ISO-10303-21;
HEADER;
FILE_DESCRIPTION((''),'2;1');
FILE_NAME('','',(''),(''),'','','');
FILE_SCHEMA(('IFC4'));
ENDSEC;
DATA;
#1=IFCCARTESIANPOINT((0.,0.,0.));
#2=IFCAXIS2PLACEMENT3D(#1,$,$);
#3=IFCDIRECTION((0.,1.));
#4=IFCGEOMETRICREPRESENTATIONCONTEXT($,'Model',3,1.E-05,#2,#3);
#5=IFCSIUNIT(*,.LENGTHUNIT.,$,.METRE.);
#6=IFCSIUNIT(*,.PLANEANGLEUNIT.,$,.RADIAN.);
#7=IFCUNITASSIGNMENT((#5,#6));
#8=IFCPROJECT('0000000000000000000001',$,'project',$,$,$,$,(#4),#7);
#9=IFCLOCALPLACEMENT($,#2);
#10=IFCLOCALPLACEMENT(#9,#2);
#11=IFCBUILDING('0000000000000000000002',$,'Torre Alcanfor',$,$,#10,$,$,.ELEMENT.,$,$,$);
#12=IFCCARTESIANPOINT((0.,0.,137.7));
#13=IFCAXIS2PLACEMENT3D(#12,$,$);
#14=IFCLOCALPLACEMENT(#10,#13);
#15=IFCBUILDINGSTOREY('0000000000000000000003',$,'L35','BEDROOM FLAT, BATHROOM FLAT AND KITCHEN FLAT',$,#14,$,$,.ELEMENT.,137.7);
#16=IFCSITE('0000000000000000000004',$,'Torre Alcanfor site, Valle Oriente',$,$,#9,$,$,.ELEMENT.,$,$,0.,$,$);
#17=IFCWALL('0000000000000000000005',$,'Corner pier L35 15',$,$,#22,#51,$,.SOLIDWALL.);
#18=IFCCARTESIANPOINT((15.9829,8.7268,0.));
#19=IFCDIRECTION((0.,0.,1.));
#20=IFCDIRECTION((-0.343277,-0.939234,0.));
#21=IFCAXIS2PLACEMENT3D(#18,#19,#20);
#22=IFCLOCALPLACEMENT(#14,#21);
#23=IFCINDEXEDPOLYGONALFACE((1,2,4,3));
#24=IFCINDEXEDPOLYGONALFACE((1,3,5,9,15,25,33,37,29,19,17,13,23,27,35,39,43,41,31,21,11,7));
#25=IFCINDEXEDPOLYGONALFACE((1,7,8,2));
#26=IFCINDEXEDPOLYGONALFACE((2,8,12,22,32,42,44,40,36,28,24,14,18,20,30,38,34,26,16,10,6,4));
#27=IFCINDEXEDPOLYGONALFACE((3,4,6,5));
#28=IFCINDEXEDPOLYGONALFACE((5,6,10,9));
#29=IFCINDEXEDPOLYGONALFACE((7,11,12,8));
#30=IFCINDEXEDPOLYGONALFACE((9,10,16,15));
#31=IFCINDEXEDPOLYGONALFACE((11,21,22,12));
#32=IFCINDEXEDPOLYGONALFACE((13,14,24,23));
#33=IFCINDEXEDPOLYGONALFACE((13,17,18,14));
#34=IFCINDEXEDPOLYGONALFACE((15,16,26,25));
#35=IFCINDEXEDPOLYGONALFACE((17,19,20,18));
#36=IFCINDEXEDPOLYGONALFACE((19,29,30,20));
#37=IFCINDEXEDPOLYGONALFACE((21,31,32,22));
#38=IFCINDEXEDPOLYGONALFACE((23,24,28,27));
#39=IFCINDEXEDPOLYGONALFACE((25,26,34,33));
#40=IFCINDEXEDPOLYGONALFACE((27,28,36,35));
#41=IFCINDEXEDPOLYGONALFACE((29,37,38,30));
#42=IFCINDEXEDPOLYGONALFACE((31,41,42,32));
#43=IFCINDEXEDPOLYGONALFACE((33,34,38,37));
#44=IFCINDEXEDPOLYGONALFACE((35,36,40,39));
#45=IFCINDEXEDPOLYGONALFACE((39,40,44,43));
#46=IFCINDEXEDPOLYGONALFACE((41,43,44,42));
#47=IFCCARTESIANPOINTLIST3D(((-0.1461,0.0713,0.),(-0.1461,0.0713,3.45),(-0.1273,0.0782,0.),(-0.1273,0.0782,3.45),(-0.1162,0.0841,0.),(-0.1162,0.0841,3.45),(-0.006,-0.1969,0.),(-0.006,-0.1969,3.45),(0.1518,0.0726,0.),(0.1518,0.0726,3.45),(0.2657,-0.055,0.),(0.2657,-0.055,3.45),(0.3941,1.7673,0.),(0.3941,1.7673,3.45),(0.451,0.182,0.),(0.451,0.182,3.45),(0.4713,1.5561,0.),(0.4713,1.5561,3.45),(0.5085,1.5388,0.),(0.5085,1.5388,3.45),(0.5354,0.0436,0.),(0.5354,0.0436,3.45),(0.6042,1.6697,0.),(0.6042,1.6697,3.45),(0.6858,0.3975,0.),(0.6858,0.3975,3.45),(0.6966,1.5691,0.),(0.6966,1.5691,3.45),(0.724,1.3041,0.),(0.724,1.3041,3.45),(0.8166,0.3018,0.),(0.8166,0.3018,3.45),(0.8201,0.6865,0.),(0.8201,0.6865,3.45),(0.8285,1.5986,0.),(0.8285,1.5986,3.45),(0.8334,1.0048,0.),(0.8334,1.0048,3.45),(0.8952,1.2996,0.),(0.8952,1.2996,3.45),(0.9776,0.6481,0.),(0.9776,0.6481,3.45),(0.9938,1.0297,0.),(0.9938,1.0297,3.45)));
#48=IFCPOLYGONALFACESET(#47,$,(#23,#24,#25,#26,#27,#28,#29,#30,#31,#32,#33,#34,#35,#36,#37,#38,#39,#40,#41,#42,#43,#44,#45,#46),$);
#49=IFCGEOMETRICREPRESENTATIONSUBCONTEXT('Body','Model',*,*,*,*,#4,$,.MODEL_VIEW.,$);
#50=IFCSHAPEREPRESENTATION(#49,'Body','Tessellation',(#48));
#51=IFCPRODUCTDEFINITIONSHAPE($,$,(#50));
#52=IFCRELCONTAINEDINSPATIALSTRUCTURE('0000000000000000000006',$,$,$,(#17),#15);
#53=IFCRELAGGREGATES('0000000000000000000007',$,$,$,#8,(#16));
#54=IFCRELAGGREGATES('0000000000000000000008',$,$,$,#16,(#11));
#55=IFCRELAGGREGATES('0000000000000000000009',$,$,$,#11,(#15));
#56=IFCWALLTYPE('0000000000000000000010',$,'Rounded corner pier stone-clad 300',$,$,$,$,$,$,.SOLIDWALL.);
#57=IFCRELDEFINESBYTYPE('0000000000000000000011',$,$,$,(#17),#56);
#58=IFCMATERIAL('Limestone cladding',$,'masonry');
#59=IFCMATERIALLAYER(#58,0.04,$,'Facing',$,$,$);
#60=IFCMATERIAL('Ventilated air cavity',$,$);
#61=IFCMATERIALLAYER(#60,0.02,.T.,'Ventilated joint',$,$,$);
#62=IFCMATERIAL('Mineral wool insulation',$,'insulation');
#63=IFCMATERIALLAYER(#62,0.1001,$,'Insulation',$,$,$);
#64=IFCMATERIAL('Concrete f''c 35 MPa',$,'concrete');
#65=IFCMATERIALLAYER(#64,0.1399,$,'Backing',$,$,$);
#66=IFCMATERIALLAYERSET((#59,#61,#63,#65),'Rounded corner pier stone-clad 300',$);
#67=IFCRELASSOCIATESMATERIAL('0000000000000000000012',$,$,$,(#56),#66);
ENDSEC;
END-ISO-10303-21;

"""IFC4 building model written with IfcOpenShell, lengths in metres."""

from ifc_helpers import new_model, si_unit, direction, frame, origin, place, context, subcontext, project, spatial, polyline, outline, extrude, material, layer, layer_set, type_object, element, save


model = new_model("IFC4")

# Units and contexts
model_context = context("Model", 3, precision=1e-05, world=origin(), true_north=direction((0.0, 1.0)))
body_context = subcontext(model_context, "Body", "Model", "MODEL_VIEW")
ifc_project = project(units=[si_unit("LENGTHUNIT", "METRE"), si_unit("PLANEANGLEUNIT", "RADIAN")], contexts=[model_context])

# Site, building, storey
site_placement = place(None, origin())
site = spatial("IfcSite", under=ifc_project, at=site_placement, Name="Torre Alcanfor site, Valle Oriente", CompositionType="ELEMENT", RefElevation=0.0)
building_placement = place(site_placement, origin())
building = spatial("IfcBuilding", under=site, at=building_placement, Name="Torre Alcanfor", CompositionType="ELEMENT")
storey_placement = place(building_placement, frame((0.0, 0.0, 137.7)))
storey = spatial("IfcBuildingStorey", under=building, at=storey_placement, Name="L35", Description="BEDROOM FLAT, BATHROOM FLAT AND KITCHEN FLAT", CompositionType="ELEMENT", Elevation=137.7)

# Shared definitions
ifc_material_1 = material(Name="Limestone cladding", Category="masonry")
ifc_material_2 = material(Name="Ventilated air cavity")
ifc_material_3 = material(Name="Mineral wool insulation", Category="insulation")
ifc_material_4 = material(Name="Concrete f'c 35 MPa", Category="concrete")

# Wall
ifc_layer_1 = layer(ifc_material_1, 0.04, Name="Facing")
ifc_layer_2 = layer(ifc_material_2, 0.02, ventilated=True, Name="Ventilated joint")
ifc_layer_3 = layer(ifc_material_3, 0.1001, Name="Insulation")
ifc_layer_4 = layer(ifc_material_4, 0.1399, Name="Backing")
ifc_layer_set_1 = layer_set([ifc_layer_1, ifc_layer_2, ifc_layer_3, ifc_layer_4], Name="Rounded corner pier stone-clad 300")
wall_type_1 = type_object("IfcWallType", Name="Rounded corner pier stone-clad 300", PredefinedType="SOLIDWALL", material=ifc_layer_set_1)
wall_1_placement = place(storey_placement, frame((15.9829, 8.7268, 0.0), z_axis=(0.0, 0.0, 1.0), x_axis=(-0.343277, -0.939234, 0.0)))
element("IfcWall", 1, at=wall_1_placement, inside=storey, type_object=wall_type_1, Name="Corner pier L35 15", PredefinedType="SOLIDWALL", context=body_context, shape_type="SweptSolid", body=[
    extrude(outline(polyline([(0.8285, 1.5986), (0.6966, 1.5691), (0.6042, 1.6697), (0.3941, 1.7673), (0.4713, 1.5561), (0.5085, 1.5388), (0.724, 1.3041), (0.8334, 1.0048), (0.8201, 0.6865), (0.6858, 0.3975), (0.451, 0.182), (0.1518, 0.0726), (-0.1162, 0.0841), (-0.1273, 0.0782), (-0.1461, 0.0713), (-0.006, -0.1969), (0.2657, -0.055), (0.5354, 0.0436), (0.8166, 0.3018), (0.9776, 0.6481), (0.9938, 1.0297), (0.8952, 1.2996), (0.8285, 1.5986)])), origin(), (0.0, 0.0, 1.0), 3.45),
])

save(model, "model.ifc")
